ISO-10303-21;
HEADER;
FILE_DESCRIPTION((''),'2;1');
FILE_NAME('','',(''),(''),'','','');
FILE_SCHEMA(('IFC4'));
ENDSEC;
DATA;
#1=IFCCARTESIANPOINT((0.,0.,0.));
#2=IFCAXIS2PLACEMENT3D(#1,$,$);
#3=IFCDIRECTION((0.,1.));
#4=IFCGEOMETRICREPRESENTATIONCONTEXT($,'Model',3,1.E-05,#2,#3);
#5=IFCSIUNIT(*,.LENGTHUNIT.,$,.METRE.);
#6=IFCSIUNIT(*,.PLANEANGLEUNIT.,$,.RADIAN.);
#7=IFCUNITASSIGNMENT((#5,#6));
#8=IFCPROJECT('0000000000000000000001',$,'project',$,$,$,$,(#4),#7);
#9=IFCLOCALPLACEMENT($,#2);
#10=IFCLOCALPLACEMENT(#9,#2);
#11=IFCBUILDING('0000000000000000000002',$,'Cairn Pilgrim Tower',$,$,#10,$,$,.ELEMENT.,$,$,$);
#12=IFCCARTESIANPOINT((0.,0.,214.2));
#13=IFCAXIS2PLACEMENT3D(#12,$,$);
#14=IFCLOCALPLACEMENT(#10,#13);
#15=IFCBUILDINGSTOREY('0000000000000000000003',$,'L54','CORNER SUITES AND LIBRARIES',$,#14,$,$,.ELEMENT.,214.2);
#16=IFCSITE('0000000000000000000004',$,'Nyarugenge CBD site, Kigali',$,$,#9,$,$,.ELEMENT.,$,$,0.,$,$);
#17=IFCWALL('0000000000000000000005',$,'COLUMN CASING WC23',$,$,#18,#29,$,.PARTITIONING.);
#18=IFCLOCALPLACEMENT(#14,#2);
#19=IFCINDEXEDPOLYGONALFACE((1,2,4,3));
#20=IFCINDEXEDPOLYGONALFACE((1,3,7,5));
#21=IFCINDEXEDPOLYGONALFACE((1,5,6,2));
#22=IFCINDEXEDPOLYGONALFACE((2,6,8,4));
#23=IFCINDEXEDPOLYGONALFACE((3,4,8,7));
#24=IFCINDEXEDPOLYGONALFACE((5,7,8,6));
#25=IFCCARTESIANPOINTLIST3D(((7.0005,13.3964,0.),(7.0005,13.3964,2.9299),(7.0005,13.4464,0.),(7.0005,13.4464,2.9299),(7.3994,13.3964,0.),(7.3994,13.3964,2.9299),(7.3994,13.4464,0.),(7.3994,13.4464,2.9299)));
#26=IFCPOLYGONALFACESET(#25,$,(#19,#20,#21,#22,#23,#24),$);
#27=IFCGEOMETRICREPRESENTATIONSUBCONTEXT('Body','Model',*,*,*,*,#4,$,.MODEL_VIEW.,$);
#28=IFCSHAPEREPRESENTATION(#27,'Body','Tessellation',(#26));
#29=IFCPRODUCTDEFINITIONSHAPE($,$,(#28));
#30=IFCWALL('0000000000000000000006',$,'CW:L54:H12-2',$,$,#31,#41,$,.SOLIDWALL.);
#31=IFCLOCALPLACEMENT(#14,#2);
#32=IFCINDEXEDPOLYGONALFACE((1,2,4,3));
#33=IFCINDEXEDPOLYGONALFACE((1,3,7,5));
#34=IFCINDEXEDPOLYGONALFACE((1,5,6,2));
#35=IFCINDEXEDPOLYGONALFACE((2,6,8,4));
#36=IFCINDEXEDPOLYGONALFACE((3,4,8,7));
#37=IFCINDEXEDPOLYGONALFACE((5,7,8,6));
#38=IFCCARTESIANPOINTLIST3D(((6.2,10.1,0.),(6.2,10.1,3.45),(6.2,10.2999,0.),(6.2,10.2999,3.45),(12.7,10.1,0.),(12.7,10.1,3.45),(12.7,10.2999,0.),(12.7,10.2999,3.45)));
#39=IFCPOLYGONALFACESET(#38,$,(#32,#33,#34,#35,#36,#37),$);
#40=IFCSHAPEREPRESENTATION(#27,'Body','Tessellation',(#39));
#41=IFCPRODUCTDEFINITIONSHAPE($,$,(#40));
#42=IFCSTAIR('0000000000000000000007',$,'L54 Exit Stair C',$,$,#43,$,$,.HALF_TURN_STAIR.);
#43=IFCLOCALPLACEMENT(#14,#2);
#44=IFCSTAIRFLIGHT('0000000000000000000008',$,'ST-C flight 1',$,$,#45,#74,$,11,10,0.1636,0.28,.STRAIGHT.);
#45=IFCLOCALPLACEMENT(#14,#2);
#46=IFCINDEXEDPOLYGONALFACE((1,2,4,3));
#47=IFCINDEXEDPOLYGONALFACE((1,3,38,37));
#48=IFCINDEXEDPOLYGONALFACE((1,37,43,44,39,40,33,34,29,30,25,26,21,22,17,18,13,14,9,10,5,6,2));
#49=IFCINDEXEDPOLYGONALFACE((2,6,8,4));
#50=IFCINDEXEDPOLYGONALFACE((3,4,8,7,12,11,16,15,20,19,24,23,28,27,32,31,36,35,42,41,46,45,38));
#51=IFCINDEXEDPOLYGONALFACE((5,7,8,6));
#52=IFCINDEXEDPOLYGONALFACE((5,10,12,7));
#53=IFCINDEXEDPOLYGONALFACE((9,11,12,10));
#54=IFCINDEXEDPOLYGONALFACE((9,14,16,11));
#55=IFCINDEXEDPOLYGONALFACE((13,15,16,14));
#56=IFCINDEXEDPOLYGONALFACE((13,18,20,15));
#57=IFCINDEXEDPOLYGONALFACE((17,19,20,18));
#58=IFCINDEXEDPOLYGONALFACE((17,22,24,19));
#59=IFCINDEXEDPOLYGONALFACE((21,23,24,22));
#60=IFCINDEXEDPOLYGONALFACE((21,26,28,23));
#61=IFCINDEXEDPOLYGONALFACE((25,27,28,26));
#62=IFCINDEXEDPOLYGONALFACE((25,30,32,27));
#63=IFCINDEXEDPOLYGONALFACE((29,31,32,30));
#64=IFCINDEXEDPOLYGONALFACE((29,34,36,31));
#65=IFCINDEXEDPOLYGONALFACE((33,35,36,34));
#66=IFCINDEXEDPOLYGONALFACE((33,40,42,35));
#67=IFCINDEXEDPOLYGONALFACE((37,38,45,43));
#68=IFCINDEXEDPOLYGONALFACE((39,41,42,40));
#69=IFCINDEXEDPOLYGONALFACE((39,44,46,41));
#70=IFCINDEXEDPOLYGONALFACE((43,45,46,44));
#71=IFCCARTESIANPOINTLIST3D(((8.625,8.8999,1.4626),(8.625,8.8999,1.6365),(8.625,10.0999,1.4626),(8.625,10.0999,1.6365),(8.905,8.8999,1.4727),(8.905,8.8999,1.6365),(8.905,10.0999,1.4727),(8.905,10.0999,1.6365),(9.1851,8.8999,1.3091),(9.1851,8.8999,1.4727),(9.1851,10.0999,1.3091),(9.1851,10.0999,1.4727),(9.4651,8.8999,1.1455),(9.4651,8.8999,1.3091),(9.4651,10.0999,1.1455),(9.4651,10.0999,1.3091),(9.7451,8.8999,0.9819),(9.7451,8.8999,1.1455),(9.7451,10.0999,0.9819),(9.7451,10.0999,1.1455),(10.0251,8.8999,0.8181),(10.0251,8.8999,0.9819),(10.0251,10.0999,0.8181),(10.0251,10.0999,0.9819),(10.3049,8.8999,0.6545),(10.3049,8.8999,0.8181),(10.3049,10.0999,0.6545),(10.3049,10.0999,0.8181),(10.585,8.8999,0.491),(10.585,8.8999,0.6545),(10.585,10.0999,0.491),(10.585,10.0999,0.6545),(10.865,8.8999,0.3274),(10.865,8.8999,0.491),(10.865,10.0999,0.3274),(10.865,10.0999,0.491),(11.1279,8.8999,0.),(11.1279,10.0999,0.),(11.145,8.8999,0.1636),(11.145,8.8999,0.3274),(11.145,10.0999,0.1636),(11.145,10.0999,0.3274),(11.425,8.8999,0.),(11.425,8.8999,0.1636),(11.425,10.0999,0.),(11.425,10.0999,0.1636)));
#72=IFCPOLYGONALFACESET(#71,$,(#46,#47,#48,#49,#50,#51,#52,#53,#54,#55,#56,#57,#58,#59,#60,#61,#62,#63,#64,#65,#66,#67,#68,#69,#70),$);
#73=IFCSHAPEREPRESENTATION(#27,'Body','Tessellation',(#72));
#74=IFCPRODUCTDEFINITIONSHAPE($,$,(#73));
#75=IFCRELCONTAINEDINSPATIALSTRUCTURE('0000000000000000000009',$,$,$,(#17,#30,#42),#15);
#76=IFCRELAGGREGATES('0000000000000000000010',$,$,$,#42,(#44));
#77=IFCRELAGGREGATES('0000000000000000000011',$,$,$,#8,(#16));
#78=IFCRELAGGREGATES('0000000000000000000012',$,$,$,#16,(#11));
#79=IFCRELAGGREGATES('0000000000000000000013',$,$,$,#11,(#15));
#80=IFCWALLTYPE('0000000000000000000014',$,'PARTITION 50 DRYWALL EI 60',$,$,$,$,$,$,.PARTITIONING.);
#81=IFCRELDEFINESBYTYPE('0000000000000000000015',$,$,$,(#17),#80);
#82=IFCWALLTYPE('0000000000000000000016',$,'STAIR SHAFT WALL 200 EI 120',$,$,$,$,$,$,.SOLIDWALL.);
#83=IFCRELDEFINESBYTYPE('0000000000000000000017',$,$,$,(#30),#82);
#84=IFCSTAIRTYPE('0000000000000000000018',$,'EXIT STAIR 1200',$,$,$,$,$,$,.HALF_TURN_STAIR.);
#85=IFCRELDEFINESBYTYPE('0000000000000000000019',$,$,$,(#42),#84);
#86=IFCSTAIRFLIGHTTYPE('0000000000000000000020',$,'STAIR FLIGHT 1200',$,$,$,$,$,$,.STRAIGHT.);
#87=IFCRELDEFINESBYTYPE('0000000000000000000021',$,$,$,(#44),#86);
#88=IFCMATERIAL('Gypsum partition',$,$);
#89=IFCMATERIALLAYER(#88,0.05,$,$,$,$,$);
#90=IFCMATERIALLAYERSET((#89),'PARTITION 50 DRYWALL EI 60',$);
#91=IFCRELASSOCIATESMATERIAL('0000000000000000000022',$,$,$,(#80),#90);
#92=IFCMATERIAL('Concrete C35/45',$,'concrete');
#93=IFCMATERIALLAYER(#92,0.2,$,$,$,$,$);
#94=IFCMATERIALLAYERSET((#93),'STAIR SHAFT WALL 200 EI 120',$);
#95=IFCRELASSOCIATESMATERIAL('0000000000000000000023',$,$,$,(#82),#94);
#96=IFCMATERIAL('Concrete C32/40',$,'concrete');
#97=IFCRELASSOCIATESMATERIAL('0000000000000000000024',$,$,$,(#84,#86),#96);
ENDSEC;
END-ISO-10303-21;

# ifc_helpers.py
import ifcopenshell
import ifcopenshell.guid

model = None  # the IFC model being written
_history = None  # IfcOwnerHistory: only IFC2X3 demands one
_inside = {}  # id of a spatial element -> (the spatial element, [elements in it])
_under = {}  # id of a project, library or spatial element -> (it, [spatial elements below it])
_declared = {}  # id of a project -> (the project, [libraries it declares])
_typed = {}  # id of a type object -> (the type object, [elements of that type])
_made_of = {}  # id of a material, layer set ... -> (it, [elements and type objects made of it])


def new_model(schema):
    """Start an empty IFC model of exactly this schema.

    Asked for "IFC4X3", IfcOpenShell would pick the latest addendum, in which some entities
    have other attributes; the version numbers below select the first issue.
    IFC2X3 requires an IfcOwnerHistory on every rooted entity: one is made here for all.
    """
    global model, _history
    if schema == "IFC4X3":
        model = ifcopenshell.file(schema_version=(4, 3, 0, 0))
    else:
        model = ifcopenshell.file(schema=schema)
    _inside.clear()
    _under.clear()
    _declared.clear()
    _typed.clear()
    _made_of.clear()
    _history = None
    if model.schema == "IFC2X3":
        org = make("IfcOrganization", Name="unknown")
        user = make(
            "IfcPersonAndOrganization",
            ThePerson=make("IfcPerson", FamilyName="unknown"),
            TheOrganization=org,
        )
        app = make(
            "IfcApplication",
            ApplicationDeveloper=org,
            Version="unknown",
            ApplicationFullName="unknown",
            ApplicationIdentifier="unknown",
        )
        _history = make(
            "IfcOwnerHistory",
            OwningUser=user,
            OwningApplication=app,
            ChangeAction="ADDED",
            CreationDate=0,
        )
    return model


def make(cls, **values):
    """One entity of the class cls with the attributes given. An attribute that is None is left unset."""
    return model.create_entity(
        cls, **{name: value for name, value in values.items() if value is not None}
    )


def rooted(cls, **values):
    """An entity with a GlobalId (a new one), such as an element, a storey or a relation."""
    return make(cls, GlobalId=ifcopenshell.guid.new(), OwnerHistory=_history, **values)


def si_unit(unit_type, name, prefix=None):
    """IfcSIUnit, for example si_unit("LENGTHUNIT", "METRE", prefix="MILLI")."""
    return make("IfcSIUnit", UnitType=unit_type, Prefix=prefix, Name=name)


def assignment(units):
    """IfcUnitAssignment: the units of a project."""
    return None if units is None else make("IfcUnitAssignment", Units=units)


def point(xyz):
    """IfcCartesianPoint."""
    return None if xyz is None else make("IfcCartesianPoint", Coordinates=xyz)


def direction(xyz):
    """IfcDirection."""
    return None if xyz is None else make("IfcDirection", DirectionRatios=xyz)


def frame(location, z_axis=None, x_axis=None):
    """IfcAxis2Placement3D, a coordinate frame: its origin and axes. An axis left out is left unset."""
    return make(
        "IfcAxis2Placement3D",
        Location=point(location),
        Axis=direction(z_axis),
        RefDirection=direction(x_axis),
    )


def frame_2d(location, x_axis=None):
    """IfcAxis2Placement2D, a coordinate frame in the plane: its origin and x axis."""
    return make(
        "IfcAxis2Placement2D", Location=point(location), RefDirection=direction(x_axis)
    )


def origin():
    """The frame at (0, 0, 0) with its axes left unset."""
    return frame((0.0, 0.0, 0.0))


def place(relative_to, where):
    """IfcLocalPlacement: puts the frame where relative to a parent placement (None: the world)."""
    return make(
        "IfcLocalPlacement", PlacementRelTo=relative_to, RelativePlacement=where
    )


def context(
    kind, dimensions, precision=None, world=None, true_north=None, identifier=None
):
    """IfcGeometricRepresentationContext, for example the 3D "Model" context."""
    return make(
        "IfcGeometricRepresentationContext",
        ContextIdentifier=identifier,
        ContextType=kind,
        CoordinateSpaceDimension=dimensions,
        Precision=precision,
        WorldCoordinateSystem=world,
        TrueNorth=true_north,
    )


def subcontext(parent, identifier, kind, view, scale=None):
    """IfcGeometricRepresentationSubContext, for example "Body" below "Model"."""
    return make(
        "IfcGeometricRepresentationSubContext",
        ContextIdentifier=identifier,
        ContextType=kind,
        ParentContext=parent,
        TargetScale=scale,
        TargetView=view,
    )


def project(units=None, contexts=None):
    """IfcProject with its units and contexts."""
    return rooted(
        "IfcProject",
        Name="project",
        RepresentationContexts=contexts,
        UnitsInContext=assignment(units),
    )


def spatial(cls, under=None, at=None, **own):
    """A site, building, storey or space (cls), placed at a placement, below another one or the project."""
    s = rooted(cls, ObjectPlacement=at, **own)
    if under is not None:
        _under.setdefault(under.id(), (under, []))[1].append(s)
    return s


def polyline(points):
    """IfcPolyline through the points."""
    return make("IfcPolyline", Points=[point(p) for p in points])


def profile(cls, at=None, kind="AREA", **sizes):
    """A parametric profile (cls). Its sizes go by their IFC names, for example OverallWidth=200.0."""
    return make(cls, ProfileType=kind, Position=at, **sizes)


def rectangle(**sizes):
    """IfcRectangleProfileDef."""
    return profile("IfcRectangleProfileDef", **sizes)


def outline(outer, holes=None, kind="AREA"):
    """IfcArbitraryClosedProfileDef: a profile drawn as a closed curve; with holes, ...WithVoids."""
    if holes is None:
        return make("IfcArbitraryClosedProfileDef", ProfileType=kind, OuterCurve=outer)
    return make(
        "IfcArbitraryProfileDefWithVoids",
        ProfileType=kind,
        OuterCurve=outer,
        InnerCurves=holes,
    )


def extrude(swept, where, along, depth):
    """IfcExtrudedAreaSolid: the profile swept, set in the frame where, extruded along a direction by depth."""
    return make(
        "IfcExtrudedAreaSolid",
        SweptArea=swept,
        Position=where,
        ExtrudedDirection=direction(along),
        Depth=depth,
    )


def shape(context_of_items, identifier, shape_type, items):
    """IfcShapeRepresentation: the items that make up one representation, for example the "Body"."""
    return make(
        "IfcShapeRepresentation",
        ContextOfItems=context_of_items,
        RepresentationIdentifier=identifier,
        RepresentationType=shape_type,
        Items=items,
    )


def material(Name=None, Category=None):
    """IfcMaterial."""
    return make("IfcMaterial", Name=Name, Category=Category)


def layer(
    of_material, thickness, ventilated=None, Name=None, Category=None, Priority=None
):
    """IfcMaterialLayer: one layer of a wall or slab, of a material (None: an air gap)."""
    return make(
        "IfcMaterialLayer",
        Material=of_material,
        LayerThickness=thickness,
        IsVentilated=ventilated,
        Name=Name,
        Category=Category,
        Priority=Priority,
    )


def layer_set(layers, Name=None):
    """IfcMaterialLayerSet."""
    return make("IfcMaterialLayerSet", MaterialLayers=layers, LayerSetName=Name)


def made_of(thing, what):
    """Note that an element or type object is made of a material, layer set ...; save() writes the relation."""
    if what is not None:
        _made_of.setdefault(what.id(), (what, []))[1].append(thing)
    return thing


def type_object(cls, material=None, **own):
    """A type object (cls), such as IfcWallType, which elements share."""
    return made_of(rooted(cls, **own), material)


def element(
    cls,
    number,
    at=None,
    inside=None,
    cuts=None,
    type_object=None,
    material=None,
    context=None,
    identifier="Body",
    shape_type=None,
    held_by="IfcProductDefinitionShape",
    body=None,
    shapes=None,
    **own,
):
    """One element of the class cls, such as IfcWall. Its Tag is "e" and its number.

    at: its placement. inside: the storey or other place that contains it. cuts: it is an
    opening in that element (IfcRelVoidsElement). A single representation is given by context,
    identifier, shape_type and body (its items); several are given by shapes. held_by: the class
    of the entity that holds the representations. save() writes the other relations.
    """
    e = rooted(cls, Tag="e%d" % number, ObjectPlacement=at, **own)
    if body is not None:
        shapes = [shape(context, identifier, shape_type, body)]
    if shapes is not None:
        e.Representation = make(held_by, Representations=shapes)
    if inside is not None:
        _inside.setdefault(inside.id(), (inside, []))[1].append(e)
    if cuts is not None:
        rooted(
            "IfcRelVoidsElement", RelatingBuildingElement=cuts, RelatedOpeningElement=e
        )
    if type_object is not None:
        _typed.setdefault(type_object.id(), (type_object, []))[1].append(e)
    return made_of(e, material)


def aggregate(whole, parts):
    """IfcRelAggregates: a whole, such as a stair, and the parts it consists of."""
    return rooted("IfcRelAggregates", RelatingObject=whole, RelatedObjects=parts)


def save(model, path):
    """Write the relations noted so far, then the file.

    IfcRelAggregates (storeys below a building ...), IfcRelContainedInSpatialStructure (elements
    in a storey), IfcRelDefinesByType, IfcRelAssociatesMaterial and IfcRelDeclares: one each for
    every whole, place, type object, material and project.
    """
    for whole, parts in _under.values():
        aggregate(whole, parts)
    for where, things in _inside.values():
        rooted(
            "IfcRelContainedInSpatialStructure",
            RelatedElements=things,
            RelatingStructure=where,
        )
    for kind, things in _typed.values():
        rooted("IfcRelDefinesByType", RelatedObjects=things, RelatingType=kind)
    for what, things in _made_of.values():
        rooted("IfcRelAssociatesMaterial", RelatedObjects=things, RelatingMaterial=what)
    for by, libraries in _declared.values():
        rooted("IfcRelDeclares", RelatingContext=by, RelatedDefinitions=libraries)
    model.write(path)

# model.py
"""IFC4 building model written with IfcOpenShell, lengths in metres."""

from ifc_helpers import new_model, si_unit, direction, frame, frame_2d, origin, place, context, subcontext, project, spatial, polyline, rectangle, outline, extrude, material, layer, layer_set, type_object, element, aggregate, save


model = new_model("IFC4")

# Units and contexts
model_context = context("Model", 3, precision=1e-05, world=origin(), true_north=direction((0.0, 1.0)))
body_context = subcontext(model_context, "Body", "Model", "MODEL_VIEW")
ifc_project = project(units=[si_unit("LENGTHUNIT", "METRE"), si_unit("PLANEANGLEUNIT", "RADIAN")], contexts=[model_context])

# Site, building, storey
site_placement = place(None, origin())
site = spatial("IfcSite", under=ifc_project, at=site_placement, Name="Nyarugenge CBD site, Kigali", CompositionType="ELEMENT", RefElevation=0.0)
building_placement = place(site_placement, origin())
building = spatial("IfcBuilding", under=site, at=building_placement, Name="Cairn Pilgrim Tower", CompositionType="ELEMENT")
storey_placement = place(building_placement, frame((0.0, 0.0, 214.2)))
storey = spatial("IfcBuildingStorey", under=building, at=storey_placement, Name="L54", Description="CORNER SUITES AND LIBRARIES", CompositionType="ELEMENT", Elevation=214.2)

# Walls
ifc_material_1 = material(Name="Gypsum partition")
ifc_layer_1 = layer(ifc_material_1, 0.05)
ifc_layer_set_1 = layer_set([ifc_layer_1], Name="PARTITION 50 DRYWALL EI 60")
wall_type_1 = type_object("IfcWallType", Name="PARTITION 50 DRYWALL EI 60", PredefinedType="PARTITIONING", material=ifc_layer_set_1)
wall_1_placement = place(storey_placement, frame((7.0005, 13.4214, 0.0), z_axis=(0.0, 0.0, 1.0), x_axis=(1.0, 0.0, 0.0)))
element("IfcWall", 1, at=wall_1_placement, inside=storey, type_object=wall_type_1, Name="COLUMN CASING WC23", PredefinedType="PARTITIONING", context=body_context, shape_type="SweptSolid", body=[
    extrude(rectangle(XDim=0.3989, YDim=0.05, at=frame_2d((0.1995, 0.0))), origin(), (0.0, 0.0, 1.0), 2.9299),
])
ifc_material_2 = material(Name="Concrete C35/45", Category="concrete")
ifc_layer_2 = layer(ifc_material_2, 0.2)
ifc_layer_set_2 = layer_set([ifc_layer_2], Name="STAIR SHAFT WALL 200 EI 120")
wall_type_2 = type_object("IfcWallType", Name="STAIR SHAFT WALL 200 EI 120", PredefinedType="SOLIDWALL", material=ifc_layer_set_2)
wall_2_placement = place(storey_placement, frame((6.2, 10.2, 0.0), z_axis=(0.0, 0.0, 1.0), x_axis=(1.0, 0.0, 0.0)))
element("IfcWall", 2, at=wall_2_placement, inside=storey, type_object=wall_type_2, Name="CW:L54:H12-2", PredefinedType="SOLIDWALL", context=body_context, shape_type="SweptSolid", body=[
    extrude(rectangle(XDim=6.5, YDim=0.2, at=frame_2d((3.25, 0.0))), origin(), (0.0, 0.0, 1.0), 3.45),
])

# Stair, stair flight
ifc_material_3 = material(Name="Concrete C32/40", Category="concrete")
stair_type = type_object("IfcStairType", Name="EXIT STAIR 1200", PredefinedType="HALF_TURN_STAIR", material=ifc_material_3)
stair_placement = place(storey_placement, origin())
stair = element("IfcStair", 3, at=stair_placement, inside=storey, type_object=stair_type, Name="L54 Exit Stair C", PredefinedType="HALF_TURN_STAIR")
stair_flight_type = type_object("IfcStairFlightType", Name="STAIR FLIGHT 1200", PredefinedType="STRAIGHT", material=ifc_material_3)
stair_flight_placement = place(storey_placement, frame((11.425, 9.5, 0.0), z_axis=(0.0, 0.0, 1.0), x_axis=(-1.0, 0.0, 0.0)))
stair_flight = element("IfcStairFlight", 4, at=stair_flight_placement, type_object=stair_flight_type, Name="ST-C flight 1", NumberOfRisers=11, NumberOfTreads=10, PredefinedType="STRAIGHT", RiserHeight=0.1636, TreadLength=0.28, context=body_context, shape_type="SweptSolid", body=[
    extrude(outline(polyline([(0.0, 0.0), (0.0, 0.1636), (0.28, 0.1636), (0.28, 0.3274), (0.5601, 0.3274), (0.5601, 0.491), (0.8401, 0.491), (0.8401, 0.6545), (1.1201, 0.6545), (1.1201, 0.8181), (1.3999, 0.8181), (1.3999, 0.9819), (1.6799, 0.9819), (1.6799, 1.1455), (1.96, 1.1455), (1.96, 1.3091), (2.24, 1.3091), (2.24, 1.4727), (2.52, 1.4727), (2.52, 1.6365), (2.8, 1.6365), (2.8, 1.8), (2.8, 1.4626), (0.2971, 0.0), (0.0, 0.0)])), frame((0.0, 0.6001, 0.0), z_axis=(0.0, -1.0, 0.0), x_axis=(1.0, 0.0, 0.0)), (0.0, 0.0, 1.0), 1.2),
])
aggregate(stair, [stair_flight])

save(model, "model.ifc")
